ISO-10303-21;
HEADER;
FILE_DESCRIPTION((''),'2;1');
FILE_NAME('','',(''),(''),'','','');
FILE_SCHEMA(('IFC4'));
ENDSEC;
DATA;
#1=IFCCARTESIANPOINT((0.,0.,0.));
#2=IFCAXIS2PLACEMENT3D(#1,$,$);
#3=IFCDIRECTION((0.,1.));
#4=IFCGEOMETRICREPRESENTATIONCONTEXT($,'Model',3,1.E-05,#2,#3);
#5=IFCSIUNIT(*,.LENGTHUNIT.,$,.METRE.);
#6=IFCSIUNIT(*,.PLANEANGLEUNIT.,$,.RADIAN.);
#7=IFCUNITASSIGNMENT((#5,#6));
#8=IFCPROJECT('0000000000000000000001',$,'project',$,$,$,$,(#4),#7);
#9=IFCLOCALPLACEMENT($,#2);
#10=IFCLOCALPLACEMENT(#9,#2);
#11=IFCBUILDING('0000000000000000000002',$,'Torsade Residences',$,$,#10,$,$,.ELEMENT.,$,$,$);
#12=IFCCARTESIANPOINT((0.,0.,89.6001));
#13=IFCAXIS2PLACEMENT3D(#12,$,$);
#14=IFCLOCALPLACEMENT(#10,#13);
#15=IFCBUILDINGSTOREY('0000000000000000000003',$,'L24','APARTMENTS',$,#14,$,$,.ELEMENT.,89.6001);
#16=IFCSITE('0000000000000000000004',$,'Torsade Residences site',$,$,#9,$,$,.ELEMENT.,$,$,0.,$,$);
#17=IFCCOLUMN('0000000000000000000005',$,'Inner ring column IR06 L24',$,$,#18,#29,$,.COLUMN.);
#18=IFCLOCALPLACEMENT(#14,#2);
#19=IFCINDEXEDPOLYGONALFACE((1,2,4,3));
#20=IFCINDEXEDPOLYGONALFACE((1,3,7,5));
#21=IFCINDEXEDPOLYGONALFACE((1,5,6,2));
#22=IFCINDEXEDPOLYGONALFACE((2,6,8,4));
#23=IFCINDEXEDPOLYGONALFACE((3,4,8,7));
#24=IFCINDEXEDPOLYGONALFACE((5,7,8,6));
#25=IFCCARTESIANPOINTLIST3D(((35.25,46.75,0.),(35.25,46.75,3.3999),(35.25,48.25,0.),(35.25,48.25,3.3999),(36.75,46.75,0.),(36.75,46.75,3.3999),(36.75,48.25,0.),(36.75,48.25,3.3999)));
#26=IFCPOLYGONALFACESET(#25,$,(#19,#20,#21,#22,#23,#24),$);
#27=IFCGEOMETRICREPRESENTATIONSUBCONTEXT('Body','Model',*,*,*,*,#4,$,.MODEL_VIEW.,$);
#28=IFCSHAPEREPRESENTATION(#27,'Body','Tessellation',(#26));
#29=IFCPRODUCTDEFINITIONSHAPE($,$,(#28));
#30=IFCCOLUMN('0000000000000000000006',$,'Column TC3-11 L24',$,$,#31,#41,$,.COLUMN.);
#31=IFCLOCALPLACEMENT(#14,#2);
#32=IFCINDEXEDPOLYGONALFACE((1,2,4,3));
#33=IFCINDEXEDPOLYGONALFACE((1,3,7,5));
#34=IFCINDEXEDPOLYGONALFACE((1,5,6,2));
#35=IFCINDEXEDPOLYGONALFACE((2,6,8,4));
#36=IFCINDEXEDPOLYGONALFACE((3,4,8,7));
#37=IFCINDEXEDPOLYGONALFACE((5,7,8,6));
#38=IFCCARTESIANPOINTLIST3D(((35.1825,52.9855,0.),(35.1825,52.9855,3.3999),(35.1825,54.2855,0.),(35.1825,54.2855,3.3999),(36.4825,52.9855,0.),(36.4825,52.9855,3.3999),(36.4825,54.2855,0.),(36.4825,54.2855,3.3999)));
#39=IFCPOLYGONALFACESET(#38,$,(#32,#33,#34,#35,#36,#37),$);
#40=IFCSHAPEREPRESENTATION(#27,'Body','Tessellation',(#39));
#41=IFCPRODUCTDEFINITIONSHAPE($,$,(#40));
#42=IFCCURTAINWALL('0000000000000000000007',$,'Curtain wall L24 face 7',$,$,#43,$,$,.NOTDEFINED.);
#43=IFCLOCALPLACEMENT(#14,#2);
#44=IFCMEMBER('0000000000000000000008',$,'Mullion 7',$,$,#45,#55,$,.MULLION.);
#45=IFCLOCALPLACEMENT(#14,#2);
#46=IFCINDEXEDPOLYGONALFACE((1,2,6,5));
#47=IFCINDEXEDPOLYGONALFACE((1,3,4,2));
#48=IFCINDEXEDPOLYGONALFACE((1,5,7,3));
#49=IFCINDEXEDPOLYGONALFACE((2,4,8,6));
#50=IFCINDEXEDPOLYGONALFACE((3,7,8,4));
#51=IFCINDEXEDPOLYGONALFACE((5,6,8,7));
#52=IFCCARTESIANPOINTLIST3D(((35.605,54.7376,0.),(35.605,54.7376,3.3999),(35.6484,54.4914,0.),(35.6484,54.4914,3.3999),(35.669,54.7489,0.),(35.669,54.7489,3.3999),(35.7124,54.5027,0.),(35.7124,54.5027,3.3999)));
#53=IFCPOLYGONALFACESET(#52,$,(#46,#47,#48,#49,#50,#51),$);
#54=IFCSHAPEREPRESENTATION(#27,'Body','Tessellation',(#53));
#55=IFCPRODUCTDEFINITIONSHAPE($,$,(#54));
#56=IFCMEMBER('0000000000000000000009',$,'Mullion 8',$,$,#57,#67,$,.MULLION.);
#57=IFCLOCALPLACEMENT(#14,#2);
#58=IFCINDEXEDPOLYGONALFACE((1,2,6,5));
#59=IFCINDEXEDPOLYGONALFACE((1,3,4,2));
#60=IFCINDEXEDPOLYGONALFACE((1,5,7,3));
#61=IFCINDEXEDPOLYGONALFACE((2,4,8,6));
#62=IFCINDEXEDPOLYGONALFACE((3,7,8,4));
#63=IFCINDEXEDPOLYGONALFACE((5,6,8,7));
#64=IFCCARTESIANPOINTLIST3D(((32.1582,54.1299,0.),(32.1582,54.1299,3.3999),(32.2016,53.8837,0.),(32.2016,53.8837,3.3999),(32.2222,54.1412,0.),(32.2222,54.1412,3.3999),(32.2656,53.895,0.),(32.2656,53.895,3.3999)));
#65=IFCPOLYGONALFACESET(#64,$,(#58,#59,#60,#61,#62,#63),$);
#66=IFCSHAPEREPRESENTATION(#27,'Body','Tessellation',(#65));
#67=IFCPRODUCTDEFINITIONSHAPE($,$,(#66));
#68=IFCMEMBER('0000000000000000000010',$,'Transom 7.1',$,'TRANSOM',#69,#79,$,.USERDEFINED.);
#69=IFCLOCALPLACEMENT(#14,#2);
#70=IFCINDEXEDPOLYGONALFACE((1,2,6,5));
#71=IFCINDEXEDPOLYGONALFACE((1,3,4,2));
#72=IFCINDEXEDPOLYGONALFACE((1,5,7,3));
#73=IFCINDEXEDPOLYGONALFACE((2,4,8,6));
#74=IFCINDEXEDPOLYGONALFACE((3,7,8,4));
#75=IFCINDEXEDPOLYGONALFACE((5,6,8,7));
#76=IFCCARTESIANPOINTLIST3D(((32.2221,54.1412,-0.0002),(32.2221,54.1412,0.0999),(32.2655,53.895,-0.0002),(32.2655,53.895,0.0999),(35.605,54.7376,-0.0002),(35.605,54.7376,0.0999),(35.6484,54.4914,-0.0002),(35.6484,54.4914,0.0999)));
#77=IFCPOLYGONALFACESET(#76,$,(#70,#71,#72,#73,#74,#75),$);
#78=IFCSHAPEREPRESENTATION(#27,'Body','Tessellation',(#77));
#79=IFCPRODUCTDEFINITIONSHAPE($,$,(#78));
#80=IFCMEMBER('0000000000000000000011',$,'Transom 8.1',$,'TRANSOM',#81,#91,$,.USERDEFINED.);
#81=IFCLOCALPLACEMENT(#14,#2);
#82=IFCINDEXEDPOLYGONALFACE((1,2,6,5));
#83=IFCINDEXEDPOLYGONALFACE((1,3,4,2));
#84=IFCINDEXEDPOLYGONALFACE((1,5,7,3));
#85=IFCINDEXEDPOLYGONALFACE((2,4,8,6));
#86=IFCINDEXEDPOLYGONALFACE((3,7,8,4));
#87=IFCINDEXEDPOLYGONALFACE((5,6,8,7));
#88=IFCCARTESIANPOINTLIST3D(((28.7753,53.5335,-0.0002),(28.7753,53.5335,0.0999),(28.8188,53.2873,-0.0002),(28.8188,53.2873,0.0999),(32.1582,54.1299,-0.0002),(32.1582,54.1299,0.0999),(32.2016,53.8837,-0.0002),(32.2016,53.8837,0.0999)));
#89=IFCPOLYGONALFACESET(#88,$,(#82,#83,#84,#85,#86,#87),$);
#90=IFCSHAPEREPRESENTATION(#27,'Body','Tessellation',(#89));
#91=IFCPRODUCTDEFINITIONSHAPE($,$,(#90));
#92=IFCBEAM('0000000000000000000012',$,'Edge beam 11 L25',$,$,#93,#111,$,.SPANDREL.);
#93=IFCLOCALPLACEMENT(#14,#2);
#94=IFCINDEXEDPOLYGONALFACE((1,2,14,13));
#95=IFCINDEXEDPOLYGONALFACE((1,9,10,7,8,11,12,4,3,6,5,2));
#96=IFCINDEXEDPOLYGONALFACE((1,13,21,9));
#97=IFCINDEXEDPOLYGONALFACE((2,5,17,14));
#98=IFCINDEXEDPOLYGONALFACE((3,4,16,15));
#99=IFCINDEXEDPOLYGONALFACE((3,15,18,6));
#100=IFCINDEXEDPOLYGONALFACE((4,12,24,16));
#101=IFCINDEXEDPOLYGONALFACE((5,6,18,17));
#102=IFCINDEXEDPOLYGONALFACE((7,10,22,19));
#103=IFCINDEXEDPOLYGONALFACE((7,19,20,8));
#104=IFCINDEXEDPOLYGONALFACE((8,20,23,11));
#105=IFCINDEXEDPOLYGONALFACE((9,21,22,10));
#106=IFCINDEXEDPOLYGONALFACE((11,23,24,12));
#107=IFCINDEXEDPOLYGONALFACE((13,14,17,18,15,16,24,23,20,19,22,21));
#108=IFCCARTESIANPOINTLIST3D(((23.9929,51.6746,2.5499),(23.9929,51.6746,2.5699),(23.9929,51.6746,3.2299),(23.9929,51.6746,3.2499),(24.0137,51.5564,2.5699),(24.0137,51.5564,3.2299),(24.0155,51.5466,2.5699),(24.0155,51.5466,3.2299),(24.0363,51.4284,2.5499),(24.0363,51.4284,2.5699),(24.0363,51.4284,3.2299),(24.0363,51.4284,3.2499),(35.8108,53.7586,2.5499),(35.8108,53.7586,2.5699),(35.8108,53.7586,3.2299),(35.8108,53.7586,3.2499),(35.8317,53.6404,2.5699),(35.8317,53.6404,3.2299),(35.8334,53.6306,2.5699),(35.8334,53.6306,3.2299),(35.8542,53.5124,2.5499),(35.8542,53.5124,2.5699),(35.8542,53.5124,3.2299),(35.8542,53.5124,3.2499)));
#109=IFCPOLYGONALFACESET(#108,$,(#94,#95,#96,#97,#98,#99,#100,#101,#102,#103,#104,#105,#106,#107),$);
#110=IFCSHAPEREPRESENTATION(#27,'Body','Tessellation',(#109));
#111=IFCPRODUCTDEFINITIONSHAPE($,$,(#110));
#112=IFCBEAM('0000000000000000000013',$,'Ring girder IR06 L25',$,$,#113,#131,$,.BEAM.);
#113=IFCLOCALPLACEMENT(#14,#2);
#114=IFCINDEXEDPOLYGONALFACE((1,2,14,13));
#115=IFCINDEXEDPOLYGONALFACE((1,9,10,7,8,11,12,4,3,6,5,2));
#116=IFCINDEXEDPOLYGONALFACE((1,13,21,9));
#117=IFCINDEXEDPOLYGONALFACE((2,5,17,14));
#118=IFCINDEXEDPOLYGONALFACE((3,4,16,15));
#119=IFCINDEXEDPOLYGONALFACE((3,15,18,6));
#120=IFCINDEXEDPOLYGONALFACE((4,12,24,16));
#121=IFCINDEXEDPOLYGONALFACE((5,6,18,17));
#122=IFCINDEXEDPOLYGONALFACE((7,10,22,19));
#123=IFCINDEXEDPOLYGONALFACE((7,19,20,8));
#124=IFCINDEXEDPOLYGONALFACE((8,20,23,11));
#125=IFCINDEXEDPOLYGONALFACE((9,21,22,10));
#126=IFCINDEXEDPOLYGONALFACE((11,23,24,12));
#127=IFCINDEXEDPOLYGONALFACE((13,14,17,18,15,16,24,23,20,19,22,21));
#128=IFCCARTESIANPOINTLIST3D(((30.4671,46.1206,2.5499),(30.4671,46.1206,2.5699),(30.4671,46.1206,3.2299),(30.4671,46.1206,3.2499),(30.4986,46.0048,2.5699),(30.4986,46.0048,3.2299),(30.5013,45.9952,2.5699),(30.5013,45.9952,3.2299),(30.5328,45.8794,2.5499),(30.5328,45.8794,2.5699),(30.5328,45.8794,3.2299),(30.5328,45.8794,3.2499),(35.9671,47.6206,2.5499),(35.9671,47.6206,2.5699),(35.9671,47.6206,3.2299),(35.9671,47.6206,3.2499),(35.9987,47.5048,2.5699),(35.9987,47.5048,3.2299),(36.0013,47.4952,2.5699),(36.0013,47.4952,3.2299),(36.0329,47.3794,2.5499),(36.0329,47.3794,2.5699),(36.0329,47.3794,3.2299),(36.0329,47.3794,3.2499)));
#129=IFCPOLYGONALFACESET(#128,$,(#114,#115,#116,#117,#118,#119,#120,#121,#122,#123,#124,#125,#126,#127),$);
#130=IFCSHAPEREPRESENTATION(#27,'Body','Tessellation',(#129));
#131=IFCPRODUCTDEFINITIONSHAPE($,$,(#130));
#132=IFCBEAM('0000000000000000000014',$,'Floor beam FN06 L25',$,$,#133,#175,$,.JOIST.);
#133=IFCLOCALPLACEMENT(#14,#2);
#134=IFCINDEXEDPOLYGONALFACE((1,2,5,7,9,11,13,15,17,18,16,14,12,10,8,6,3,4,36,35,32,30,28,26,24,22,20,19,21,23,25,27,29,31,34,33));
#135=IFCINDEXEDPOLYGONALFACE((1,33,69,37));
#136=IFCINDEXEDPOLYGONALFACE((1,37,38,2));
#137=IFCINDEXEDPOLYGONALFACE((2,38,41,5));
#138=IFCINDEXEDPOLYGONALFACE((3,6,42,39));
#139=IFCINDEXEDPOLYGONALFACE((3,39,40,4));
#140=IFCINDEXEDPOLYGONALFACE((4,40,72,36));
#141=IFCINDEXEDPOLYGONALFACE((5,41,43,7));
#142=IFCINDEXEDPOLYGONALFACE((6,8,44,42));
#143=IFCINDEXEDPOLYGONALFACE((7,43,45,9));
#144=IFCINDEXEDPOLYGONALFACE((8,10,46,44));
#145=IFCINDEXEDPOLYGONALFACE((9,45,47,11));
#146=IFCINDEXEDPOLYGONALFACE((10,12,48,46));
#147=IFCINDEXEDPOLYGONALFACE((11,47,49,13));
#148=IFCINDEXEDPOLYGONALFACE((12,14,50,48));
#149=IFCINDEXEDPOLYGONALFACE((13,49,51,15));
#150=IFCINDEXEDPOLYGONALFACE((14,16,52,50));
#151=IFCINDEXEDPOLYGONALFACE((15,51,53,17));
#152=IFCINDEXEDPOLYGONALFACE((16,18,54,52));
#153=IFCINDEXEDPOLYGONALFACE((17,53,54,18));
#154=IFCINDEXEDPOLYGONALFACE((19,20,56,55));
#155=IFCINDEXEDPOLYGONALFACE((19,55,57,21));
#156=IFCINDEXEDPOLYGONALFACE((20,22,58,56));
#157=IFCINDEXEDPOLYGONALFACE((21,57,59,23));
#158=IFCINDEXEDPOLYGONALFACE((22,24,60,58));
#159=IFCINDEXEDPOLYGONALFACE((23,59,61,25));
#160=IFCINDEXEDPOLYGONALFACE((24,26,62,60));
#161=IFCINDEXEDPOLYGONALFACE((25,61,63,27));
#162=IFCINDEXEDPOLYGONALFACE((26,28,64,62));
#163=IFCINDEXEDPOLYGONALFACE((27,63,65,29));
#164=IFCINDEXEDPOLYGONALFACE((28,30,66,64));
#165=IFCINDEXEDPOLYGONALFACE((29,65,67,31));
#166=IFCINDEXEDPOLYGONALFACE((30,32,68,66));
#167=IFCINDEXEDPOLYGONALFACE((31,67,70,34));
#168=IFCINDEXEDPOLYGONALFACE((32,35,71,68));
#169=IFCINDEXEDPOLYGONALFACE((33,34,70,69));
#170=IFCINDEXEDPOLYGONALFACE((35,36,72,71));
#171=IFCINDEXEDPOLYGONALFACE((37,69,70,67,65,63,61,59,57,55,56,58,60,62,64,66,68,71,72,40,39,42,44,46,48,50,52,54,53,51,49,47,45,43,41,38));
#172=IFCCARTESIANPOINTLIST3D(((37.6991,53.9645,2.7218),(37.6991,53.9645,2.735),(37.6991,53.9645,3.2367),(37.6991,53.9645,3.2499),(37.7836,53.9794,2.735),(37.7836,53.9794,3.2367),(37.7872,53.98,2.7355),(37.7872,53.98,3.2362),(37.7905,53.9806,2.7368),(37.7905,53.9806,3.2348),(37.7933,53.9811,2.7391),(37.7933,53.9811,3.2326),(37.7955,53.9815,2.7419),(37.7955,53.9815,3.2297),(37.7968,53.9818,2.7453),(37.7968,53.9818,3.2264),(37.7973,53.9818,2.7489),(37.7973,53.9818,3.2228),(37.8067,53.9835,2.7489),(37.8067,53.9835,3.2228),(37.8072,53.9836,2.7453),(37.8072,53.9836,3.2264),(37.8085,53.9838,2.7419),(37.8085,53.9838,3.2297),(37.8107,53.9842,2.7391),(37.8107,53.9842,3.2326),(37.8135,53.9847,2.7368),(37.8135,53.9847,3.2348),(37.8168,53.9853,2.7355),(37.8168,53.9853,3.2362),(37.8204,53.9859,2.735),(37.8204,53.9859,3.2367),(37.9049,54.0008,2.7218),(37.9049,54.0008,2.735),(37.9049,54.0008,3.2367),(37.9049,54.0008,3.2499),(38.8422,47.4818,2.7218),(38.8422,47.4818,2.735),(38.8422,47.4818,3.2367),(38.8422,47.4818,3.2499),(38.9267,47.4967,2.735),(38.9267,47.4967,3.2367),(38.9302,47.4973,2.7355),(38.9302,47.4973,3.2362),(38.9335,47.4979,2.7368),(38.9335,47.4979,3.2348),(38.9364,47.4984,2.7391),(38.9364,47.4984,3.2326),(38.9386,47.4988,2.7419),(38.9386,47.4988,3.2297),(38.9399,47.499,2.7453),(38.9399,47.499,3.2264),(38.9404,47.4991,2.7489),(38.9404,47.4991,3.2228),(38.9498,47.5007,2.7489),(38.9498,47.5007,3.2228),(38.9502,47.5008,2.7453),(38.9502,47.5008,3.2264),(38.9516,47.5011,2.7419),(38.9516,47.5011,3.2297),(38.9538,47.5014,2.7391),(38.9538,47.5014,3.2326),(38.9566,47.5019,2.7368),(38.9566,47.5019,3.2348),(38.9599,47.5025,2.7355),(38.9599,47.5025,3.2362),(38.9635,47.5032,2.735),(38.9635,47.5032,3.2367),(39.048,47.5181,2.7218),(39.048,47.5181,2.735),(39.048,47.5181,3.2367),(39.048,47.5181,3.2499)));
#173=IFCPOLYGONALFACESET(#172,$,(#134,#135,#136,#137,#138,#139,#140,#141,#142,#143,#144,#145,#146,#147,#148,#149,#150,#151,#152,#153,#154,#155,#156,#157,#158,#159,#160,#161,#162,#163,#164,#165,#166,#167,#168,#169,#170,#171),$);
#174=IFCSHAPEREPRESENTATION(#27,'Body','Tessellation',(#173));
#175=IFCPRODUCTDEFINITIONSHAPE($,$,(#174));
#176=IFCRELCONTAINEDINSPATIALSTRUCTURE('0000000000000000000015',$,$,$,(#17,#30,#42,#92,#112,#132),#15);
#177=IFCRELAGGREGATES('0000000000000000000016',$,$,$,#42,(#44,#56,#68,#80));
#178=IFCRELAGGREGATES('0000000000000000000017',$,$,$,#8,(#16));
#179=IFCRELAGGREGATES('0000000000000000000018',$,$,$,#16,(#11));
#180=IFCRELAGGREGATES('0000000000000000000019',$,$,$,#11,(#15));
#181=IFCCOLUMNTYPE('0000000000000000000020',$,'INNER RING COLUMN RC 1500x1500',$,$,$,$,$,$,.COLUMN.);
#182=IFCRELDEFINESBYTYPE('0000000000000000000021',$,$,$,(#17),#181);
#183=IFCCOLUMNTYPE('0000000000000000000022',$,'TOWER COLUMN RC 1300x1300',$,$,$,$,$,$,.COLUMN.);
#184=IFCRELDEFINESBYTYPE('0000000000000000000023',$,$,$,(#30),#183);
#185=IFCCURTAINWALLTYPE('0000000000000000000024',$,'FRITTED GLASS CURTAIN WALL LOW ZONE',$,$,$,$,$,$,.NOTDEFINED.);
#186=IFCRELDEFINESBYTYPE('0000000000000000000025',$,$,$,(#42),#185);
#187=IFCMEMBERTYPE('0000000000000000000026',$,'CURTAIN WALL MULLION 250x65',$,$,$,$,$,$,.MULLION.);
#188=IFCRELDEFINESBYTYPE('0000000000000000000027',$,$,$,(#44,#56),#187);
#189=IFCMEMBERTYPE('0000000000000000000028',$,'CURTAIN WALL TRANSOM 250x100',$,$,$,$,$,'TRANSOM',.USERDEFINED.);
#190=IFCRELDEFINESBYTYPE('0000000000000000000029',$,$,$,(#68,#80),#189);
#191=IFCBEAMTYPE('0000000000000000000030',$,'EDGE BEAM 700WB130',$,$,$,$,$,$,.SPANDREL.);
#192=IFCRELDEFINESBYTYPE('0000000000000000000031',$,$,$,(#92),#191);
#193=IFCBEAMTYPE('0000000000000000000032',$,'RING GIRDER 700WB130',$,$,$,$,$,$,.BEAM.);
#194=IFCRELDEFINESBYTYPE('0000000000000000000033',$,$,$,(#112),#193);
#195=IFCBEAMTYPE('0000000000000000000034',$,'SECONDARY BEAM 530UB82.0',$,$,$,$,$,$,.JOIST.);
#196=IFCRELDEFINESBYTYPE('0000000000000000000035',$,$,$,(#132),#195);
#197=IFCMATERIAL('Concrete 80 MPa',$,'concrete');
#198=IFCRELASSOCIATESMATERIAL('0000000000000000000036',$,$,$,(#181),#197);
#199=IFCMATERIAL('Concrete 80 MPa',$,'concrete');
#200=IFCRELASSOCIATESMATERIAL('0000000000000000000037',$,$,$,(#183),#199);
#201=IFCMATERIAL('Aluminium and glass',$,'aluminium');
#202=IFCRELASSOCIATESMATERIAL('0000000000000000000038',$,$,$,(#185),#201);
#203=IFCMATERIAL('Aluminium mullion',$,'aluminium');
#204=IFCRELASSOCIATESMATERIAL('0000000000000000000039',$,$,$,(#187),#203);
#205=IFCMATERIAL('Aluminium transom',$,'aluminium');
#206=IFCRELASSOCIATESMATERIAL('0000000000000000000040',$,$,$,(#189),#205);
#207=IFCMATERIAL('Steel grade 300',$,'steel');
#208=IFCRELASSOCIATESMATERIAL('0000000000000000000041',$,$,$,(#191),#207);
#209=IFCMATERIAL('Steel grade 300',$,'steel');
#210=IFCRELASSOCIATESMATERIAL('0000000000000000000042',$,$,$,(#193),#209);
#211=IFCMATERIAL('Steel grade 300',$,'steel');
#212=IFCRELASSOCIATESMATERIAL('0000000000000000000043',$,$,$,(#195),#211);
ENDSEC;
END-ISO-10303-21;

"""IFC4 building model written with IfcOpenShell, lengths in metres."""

from ifc_helpers import new_model, si_unit, direction, frame, origin, origin_2d, place, context, subcontext, project, spatial, rectangle, i_section, extrude, material, material_profile, profile_set, type_object, element, aggregate, save


model = new_model("IFC4")

# Units and contexts
model_context = context("Model", 3, precision=1e-05, world=origin(), true_north=direction((0.0, 1.0)))
body_context = subcontext(model_context, "Body", "Model", "MODEL_VIEW")
ifc_project = project(units=[si_unit("LENGTHUNIT", "METRE"), si_unit("PLANEANGLEUNIT", "RADIAN")], contexts=[model_context])

# Site, building, storey
site_placement = place(None, origin())
site = spatial("IfcSite", under=ifc_project, at=site_placement, Name="Torsade Residences site", CompositionType="ELEMENT", RefElevation=0.0)
building_placement = place(site_placement, origin())
building = spatial("IfcBuilding", under=site, at=building_placement, Name="Torsade Residences", CompositionType="ELEMENT")
storey_placement = place(building_placement, frame((0.0, 0.0, 89.6001)))
storey = spatial("IfcBuildingStorey", under=building, at=storey_placement, Name="L24", Description="APARTMENTS", CompositionType="ELEMENT", Elevation=89.6001)

# Columns
ifc_material_1 = material(Name="Concrete 80 MPa", Category="concrete")
ifc_material_profile_1 = material_profile(ifc_material_1, rectangle(XDim=1.5, YDim=1.5, at=origin_2d()), Name="RC 1500x1500")
ifc_profile_set_1 = profile_set([ifc_material_profile_1], Name="Concrete 80 MPa")
column_type_1 = type_object("IfcColumnType", Name="INNER RING COLUMN RC 1500x1500", PredefinedType="COLUMN", material=ifc_profile_set_1)
column_1_placement = place(storey_placement, frame((36.0, 47.5, 0.0), z_axis=(0.0, 0.0, 1.0), x_axis=(1.0, 0.0, 0.0)))
element("IfcColumn", 1, at=column_1_placement, inside=storey, type_object=column_type_1, Name="Inner ring column IR06 L24", PredefinedType="COLUMN", context=body_context, shape_type="SweptSolid", body=[
    extrude(rectangle(XDim=1.5, YDim=1.5, at=origin_2d()), origin(), (0.0, 0.0, 1.0), 3.3999),
])
ifc_material_2 = material(Name="Concrete 80 MPa", Category="concrete")
ifc_material_profile_2 = material_profile(ifc_material_2, rectangle(XDim=1.3, YDim=1.3, at=origin_2d()), Name="RC 1300x1300")
ifc_profile_set_2 = profile_set([ifc_material_profile_2], Name="Concrete 80 MPa")
column_type_2 = type_object("IfcColumnType", Name="TOWER COLUMN RC 1300x1300", PredefinedType="COLUMN", material=ifc_profile_set_2)
column_2_placement = place(storey_placement, frame((35.8325, 53.6355, 0.0), z_axis=(0.0, 0.0, 1.0), x_axis=(1.0, 0.0, 0.0)))
element("IfcColumn", 2, at=column_2_placement, inside=storey, type_object=column_type_2, Name="Column TC3-11 L24", PredefinedType="COLUMN", context=body_context, shape_type="SweptSolid", body=[
    extrude(rectangle(XDim=1.3, YDim=1.3, at=origin_2d()), origin(), (0.0, 0.0, 1.0), 3.3999),
])

# Curtain wall, members
ifc_material_3 = material(Name="Aluminium and glass", Category="aluminium")
curtain_wall_type = type_object("IfcCurtainWallType", Name="FRITTED GLASS CURTAIN WALL LOW ZONE", PredefinedType="NOTDEFINED", material=ifc_material_3)
curtain_wall_placement = place(storey_placement, origin())
curtain_wall = element("IfcCurtainWall", 3, at=curtain_wall_placement, inside=storey, type_object=curtain_wall_type, Name="Curtain wall L24 face 7", PredefinedType="NOTDEFINED")
ifc_material_4 = material(Name="Aluminium mullion", Category="aluminium")
ifc_material_profile_3 = material_profile(ifc_material_4, rectangle(XDim=0.25, YDim=0.0649, at=origin_2d()), Name="CURTAIN WALL MULLION 250x65")
ifc_profile_set_3 = profile_set([ifc_material_profile_3], Name="Aluminium mullion")
member_type_1 = type_object("IfcMemberType", Name="CURTAIN WALL MULLION 250x65", PredefinedType="MULLION", material=ifc_profile_set_3)
member_1_placement = place(storey_placement, frame((35.6587, 54.6201, 0.0), z_axis=(0.0, 0.0, 1.0), x_axis=(0.173648, -0.984808, 0.0)))
member_1 = element("IfcMember", 4, at=member_1_placement, type_object=member_type_1, Name="Mullion 7", PredefinedType="MULLION", context=body_context, shape_type="SweptSolid", body=[
    extrude(rectangle(XDim=0.25, YDim=0.0649, at=origin_2d()), origin(), (0.0, 0.0, 1.0), 3.3999),
])
member_2_placement = place(storey_placement, frame((32.2119, 54.0125, 0.0), z_axis=(0.0, 0.0, 1.0), x_axis=(0.173648, -0.984808, 0.0)))
member_2 = element("IfcMember", 5, at=member_2_placement, type_object=member_type_1, Name="Mullion 8", PredefinedType="MULLION", context=body_context, shape_type="SweptSolid", body=[
    extrude(rectangle(XDim=0.25, YDim=0.0649, at=origin_2d()), origin(), (0.0, 0.0, 1.0), 3.3999),
])
ifc_material_5 = material(Name="Aluminium transom", Category="aluminium")
ifc_material_profile_4 = material_profile(ifc_material_5, rectangle(XDim=0.25, YDim=0.1001, at=origin_2d()), Name="CURTAIN WALL TRANSOM 250x100")
ifc_profile_set_4 = profile_set([ifc_material_profile_4], Name="Aluminium transom")
member_type_2 = type_object("IfcMemberType", Name="CURTAIN WALL TRANSOM 250x100", ElementType="TRANSOM", PredefinedType="USERDEFINED", material=ifc_profile_set_4)
member_3_placement = place(storey_placement, frame((35.6267, 54.6145, 0.0498), z_axis=(-0.98481, -0.173635, 0.0), x_axis=(0.173635, -0.98481, 0.0)))
member_3 = element("IfcMember", 6, at=member_3_placement, type_object=member_type_2, Name="Transom 7.1", ObjectType="TRANSOM", PredefinedType="USERDEFINED", context=body_context, shape_type="SweptSolid", body=[
    extrude(rectangle(XDim=0.25, YDim=0.1001, at=origin_2d()), origin(), (0.0, 0.0, 1.0), 3.4351),
])
member_4_placement = place(storey_placement, frame((32.1799, 54.0068, 0.0498), z_axis=(-0.98481, -0.173635, 0.0), x_axis=(0.173635, -0.98481, 0.0)))
member_4 = element("IfcMember", 7, at=member_4_placement, type_object=member_type_2, Name="Transom 8.1", ObjectType="TRANSOM", PredefinedType="USERDEFINED", context=body_context, shape_type="SweptSolid", body=[
    extrude(rectangle(XDim=0.25, YDim=0.1001, at=origin_2d()), origin(), (0.0, 0.0, 1.0), 3.4351),
])

# Beams
ifc_material_6 = material(Name="Steel grade 300", Category="steel")
ifc_material_profile_5 = material_profile(ifc_material_6, i_section(OverallWidth=0.25, OverallDepth=0.7, WebThickness=0.01, FlangeThickness=0.02, at=origin_2d()), Name="700WB130")
ifc_profile_set_5 = profile_set([ifc_material_profile_5], Name="Steel grade 300")
beam_type_1 = type_object("IfcBeamType", Name="EDGE BEAM 700WB130", PredefinedType="SPANDREL", material=ifc_profile_set_5)
beam_1_placement = place(storey_placement, frame((35.8325, 53.6355, 2.8999), z_axis=(-0.984805, -0.173662, 0.0), x_axis=(0.173662, -0.984805, 0.0)))
element("IfcBeam", 8, at=beam_1_placement, inside=storey, type_object=beam_type_1, Name="Edge beam 11 L25", PredefinedType="SPANDREL", context=body_context, shape_type="SweptSolid", body=[
    extrude(i_section(OverallWidth=0.25, OverallDepth=0.7, WebThickness=0.01, FlangeThickness=0.02, at=origin_2d()), origin(), (0.0, 0.0, 1.0), 12.0002),
])
ifc_material_7 = material(Name="Steel grade 300", Category="steel")
ifc_material_profile_6 = material_profile(ifc_material_7, i_section(OverallWidth=0.25, OverallDepth=0.7, WebThickness=0.01, FlangeThickness=0.02, at=origin_2d()), Name="700WB130")
ifc_profile_set_6 = profile_set([ifc_material_profile_6], Name="Steel grade 300")
beam_type_2 = type_object("IfcBeamType", Name="RING GIRDER 700WB130", PredefinedType="BEAM", material=ifc_profile_set_6)
beam_2_placement = place(storey_placement, frame((36.0, 47.5, 2.8999), z_axis=(-0.964764, -0.263117, 0.0), x_axis=(0.263117, -0.964764, 0.0)))
element("IfcBeam", 9, at=beam_2_placement, inside=storey, type_object=beam_type_2, Name="Ring girder IR06 L25", PredefinedType="BEAM", context=body_context, shape_type="SweptSolid", body=[
    extrude(i_section(OverallWidth=0.25, OverallDepth=0.7, WebThickness=0.01, FlangeThickness=0.02, at=origin_2d()), origin(), (0.0, 0.0, 1.0), 5.7009),
])
ifc_material_8 = material(Name="Steel grade 300", Category="steel")
ifc_material_profile_7 = material_profile(ifc_material_8, i_section(OverallWidth=0.209, OverallDepth=0.5281, WebThickness=0.0095, FlangeThickness=0.0132, FilletRadius=0.0139, at=origin_2d()), Name="530UB82.0")
ifc_profile_set_7 = profile_set([ifc_material_profile_7], Name="Steel grade 300")
beam_type_3 = type_object("IfcBeamType", Name="SECONDARY BEAM 530UB82.0", PredefinedType="JOIST", material=ifc_profile_set_7)
beam_3_placement = place(storey_placement, frame((37.802, 53.9827, 2.9858), z_axis=(0.173648, -0.984808, 0.0), x_axis=(0.984808, 0.173648, 0.0)))
element("IfcBeam", 10, at=beam_3_placement, inside=storey, type_object=beam_type_3, Name="Floor beam FN06 L25", PredefinedType="JOIST", context=body_context, shape_type="SweptSolid", body=[
    extrude(i_section(OverallWidth=0.209, OverallDepth=0.5281, WebThickness=0.0095, FlangeThickness=0.0132, FilletRadius=0.0139, at=origin_2d()), origin(), (0.0, 0.0, 1.0), 6.5828),
])

aggregate(curtain_wall, [member_1, member_2, member_3, member_4])

save(model, "model.ifc")
